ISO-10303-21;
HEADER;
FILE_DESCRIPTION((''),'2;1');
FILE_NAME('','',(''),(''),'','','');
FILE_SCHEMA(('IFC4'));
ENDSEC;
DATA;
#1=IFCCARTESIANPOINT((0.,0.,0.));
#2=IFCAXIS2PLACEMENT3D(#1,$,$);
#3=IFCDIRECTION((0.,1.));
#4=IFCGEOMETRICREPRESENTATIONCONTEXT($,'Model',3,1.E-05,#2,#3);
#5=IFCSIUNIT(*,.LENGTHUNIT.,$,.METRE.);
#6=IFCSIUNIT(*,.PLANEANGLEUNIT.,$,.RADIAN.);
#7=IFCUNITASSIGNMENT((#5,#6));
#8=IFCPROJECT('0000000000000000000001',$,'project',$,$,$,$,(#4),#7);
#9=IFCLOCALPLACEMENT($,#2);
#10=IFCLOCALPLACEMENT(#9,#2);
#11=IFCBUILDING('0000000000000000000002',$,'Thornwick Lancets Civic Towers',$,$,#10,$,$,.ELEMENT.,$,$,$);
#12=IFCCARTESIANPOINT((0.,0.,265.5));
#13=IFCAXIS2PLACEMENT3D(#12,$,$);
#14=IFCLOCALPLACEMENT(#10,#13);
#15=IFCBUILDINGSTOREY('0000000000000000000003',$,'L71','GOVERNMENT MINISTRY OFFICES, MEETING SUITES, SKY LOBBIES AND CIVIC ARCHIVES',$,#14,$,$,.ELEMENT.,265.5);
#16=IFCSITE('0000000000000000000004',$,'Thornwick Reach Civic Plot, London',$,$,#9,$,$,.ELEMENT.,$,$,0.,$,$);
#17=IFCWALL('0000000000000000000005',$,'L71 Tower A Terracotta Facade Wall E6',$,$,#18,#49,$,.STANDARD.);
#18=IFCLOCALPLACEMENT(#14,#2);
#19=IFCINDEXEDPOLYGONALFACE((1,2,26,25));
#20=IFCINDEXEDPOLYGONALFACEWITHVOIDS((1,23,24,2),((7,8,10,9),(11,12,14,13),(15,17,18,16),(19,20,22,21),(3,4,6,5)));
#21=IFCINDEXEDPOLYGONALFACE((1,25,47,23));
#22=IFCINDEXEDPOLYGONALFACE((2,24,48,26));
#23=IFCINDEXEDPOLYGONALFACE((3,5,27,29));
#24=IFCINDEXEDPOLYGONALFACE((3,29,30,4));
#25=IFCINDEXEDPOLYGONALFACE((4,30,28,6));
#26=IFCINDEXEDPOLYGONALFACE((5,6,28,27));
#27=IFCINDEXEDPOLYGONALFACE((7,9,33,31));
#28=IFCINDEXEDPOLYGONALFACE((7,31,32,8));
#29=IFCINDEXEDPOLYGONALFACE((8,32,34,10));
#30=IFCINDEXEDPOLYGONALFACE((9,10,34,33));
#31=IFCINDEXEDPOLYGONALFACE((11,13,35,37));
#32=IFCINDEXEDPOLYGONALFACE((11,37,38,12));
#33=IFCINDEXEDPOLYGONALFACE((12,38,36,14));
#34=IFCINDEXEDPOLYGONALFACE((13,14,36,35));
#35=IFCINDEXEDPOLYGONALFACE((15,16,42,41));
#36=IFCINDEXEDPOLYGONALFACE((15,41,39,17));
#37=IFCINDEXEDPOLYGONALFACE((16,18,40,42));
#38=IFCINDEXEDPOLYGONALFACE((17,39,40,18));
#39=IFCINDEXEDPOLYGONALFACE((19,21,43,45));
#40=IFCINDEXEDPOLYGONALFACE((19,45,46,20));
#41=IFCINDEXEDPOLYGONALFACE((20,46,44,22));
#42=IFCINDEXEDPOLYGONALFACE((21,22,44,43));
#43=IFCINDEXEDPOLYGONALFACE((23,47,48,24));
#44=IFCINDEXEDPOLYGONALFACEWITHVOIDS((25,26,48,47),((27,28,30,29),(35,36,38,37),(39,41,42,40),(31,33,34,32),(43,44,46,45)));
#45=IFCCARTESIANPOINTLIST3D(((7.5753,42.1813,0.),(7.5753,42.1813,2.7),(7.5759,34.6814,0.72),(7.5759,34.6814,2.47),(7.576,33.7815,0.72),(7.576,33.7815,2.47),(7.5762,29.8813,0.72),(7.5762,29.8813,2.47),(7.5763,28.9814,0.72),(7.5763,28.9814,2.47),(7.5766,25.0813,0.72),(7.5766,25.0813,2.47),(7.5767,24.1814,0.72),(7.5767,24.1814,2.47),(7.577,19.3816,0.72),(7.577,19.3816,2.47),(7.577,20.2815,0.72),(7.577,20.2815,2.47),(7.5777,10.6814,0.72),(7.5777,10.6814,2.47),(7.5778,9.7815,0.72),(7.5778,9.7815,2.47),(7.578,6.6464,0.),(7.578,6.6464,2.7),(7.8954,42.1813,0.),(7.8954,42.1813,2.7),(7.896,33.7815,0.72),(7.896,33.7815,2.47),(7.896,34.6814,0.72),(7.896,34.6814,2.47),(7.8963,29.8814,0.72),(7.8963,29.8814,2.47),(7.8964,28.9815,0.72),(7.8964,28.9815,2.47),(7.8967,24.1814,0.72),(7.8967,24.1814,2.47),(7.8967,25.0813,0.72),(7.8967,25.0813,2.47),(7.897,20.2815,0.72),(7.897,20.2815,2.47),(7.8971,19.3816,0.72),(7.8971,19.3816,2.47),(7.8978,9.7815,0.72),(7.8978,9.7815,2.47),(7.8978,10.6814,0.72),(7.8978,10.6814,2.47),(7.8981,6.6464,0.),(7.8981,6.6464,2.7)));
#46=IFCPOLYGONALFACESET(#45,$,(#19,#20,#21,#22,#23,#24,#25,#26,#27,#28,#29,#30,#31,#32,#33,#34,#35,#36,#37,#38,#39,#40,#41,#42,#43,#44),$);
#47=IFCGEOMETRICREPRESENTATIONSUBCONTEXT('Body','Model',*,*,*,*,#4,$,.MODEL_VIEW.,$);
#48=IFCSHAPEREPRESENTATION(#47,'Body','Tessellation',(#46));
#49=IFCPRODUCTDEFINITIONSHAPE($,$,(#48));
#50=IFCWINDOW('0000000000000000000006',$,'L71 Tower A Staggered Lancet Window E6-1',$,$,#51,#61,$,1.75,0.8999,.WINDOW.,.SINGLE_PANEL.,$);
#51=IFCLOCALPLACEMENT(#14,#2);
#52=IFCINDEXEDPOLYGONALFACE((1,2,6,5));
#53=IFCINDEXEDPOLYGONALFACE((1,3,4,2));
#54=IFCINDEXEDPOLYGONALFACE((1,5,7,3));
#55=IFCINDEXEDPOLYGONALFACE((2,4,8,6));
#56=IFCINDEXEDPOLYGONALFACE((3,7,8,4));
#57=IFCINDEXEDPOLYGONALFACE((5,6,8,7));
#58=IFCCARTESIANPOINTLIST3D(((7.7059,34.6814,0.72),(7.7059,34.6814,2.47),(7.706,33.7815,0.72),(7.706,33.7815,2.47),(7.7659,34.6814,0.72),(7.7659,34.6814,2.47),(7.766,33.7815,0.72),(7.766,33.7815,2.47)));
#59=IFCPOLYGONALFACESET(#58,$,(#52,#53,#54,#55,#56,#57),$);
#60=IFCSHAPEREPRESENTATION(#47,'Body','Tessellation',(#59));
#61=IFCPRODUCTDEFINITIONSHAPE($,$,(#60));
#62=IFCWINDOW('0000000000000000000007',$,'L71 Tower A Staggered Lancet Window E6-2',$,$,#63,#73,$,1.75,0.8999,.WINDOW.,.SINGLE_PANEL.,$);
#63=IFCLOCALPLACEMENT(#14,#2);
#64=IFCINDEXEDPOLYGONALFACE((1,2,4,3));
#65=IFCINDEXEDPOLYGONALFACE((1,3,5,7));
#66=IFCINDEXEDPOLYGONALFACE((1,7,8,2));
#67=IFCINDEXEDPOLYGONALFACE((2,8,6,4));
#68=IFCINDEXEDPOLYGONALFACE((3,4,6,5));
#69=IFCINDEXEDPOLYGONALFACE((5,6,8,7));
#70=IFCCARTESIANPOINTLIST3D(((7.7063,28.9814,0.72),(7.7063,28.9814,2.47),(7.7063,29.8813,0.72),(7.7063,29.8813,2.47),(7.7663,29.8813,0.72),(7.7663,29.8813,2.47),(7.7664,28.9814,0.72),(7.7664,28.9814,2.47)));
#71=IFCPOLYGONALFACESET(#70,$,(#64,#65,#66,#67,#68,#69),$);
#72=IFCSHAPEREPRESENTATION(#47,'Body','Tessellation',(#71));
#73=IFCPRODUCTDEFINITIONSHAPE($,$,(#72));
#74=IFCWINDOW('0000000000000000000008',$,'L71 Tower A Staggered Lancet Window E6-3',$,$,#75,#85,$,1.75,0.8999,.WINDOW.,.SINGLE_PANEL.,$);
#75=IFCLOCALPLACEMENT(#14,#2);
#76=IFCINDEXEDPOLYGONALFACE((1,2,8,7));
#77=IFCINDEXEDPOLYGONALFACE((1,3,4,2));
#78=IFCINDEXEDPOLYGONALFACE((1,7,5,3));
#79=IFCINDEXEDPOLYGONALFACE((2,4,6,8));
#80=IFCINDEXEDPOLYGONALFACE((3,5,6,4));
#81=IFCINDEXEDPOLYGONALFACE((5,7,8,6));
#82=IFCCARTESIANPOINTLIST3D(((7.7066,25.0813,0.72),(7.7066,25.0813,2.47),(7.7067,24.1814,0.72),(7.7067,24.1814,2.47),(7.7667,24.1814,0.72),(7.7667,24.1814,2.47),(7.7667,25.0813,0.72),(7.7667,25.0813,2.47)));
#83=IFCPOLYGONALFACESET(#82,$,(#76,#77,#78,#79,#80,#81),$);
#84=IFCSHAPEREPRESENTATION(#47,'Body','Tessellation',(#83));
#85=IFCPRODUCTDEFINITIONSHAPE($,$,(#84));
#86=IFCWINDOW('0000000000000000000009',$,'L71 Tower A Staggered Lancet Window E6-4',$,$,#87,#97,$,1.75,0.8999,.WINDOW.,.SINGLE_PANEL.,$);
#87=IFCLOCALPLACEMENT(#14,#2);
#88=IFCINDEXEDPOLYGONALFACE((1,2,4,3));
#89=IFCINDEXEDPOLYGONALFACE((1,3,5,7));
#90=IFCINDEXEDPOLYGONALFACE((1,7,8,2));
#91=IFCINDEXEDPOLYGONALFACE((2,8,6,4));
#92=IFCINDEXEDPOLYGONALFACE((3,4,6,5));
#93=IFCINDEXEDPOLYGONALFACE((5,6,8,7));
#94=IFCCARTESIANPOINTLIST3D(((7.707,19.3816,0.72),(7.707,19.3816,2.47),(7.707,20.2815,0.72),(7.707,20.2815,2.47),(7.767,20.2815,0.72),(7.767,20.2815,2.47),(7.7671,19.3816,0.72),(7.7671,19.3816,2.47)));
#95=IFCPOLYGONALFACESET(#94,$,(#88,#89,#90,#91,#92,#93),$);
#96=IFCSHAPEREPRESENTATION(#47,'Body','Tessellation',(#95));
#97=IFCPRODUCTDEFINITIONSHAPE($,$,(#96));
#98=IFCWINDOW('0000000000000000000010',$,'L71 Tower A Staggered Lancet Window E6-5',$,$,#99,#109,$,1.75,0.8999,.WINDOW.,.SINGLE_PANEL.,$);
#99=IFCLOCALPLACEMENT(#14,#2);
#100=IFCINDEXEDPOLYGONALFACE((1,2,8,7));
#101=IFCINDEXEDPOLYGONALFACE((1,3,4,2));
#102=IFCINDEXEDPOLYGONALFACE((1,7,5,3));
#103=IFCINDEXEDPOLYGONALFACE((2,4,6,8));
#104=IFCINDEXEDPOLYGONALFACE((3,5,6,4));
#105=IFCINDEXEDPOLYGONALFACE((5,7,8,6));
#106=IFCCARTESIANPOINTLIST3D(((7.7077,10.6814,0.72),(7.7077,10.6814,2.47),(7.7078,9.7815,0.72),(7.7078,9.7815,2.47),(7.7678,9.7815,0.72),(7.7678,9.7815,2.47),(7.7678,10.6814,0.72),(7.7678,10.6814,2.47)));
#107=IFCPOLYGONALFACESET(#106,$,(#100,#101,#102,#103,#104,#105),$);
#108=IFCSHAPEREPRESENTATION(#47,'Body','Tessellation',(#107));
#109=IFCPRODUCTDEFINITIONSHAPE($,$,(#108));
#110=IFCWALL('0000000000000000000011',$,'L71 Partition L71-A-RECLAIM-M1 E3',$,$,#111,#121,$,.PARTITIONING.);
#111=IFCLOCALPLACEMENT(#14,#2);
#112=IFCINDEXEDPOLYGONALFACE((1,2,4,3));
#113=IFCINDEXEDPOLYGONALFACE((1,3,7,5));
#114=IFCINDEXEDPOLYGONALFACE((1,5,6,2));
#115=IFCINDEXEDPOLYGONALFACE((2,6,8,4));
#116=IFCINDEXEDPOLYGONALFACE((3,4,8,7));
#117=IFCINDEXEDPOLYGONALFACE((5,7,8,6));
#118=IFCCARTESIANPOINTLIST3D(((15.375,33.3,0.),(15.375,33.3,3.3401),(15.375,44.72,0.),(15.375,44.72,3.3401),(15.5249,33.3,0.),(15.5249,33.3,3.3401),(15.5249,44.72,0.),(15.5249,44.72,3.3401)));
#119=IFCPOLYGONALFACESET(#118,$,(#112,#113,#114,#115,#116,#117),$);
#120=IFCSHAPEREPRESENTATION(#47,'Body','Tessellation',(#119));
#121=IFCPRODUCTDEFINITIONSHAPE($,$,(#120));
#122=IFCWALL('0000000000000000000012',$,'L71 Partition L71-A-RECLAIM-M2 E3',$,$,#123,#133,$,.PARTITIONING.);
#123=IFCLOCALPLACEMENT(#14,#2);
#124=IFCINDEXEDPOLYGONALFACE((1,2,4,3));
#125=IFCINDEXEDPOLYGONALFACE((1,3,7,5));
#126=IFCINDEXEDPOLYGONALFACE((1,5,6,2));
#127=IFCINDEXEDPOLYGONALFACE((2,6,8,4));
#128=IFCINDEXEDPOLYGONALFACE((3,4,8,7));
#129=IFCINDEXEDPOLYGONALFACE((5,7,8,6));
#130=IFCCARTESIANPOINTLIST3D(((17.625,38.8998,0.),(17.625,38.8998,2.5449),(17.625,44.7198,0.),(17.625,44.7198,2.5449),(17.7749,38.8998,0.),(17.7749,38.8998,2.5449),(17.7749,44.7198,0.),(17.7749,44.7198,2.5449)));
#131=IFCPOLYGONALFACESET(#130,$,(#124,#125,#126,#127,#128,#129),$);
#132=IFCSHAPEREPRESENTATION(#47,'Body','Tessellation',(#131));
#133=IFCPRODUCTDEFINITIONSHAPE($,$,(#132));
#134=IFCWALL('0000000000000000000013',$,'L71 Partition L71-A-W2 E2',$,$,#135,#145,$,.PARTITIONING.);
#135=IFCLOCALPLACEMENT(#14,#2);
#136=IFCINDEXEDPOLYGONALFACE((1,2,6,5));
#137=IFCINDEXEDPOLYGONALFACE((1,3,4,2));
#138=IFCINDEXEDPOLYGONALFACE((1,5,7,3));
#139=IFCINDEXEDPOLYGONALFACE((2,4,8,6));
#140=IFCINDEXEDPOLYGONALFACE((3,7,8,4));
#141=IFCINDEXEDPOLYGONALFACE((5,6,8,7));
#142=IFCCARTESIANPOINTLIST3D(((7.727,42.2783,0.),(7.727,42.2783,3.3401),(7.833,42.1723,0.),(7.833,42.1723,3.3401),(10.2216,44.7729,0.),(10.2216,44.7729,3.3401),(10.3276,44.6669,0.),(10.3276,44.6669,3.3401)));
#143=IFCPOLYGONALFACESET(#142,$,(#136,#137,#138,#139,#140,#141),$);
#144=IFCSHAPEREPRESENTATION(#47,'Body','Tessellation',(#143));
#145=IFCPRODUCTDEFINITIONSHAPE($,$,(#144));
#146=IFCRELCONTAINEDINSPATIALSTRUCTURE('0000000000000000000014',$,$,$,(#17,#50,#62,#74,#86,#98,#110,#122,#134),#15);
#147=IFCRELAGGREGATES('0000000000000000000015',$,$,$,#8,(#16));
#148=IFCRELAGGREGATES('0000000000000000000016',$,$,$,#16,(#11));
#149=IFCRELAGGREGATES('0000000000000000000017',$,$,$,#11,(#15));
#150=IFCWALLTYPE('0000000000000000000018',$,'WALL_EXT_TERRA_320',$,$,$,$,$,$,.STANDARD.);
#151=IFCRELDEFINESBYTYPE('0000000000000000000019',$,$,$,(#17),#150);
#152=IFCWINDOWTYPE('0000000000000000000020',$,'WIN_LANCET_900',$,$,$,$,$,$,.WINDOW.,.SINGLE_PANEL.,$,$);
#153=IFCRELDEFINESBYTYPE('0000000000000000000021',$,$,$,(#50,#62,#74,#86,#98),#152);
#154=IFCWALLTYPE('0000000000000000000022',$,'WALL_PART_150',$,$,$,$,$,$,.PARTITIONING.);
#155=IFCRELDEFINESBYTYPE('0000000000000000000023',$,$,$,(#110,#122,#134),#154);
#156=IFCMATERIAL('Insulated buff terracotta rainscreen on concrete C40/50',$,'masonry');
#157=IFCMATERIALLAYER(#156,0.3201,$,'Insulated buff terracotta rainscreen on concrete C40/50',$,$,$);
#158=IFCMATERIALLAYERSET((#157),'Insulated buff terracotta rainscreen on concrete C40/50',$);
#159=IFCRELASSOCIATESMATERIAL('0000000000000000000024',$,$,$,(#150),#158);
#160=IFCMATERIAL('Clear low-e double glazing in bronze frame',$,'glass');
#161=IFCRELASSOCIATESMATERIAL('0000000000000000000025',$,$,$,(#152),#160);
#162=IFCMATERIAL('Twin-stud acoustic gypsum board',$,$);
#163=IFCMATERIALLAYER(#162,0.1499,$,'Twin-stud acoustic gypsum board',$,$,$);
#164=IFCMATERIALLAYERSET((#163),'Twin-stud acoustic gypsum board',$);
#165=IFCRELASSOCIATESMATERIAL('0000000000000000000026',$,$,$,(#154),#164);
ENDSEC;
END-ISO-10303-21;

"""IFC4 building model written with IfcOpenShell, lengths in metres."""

from ifc_helpers import new_model, si_unit, direction, frame, frame_2d, origin, place, context, subcontext, project, spatial, rectangle, extrude, material, layer, layer_set, type_object, element, fill, save


model = new_model("IFC4")

# Units and contexts
model_context = context("Model", 3, precision=1e-05, world=origin(), true_north=direction((0.0, 1.0)))
body_context = subcontext(model_context, "Body", "Model", "MODEL_VIEW")
ifc_project = project(units=[si_unit("LENGTHUNIT", "METRE"), si_unit("PLANEANGLEUNIT", "RADIAN")], contexts=[model_context])

# Site, building, storey
site_placement = place(None, origin())
site = spatial("IfcSite", under=ifc_project, at=site_placement, Name="Thornwick Reach Civic Plot, London", CompositionType="ELEMENT", RefElevation=0.0)
building_placement = place(site_placement, origin())
building = spatial("IfcBuilding", under=site, at=building_placement, Name="Thornwick Lancets Civic Towers", CompositionType="ELEMENT")
storey_placement = place(building_placement, frame((0.0, 0.0, 265.5)))
storey = spatial("IfcBuildingStorey", under=building, at=storey_placement, Name="L71", Description="GOVERNMENT MINISTRY OFFICES, MEETING SUITES, SKY LOBBIES AND CIVIC ARCHIVES", CompositionType="ELEMENT", Elevation=265.5)

# Wall, openings, windows
ifc_material_1 = material(Name="Insulated buff terracotta rainscreen on concrete C40/50", Category="masonry")
ifc_layer_1 = layer(ifc_material_1, 0.3201, Name="Insulated buff terracotta rainscreen on concrete C40/50")
ifc_layer_set_1 = layer_set([ifc_layer_1], Name="Insulated buff terracotta rainscreen on concrete C40/50")
wall_type_1 = type_object("IfcWallType", Name="WALL_EXT_TERRA_320", PredefinedType="STANDARD", material=ifc_layer_set_1)
wall_1_placement = place(storey_placement, frame((7.7354, 42.1814, 0.0), z_axis=(0.0, 0.0, 1.0), x_axis=(0.000076, -1.0, 0.0)))
wall_1 = element("IfcWall", 1, at=wall_1_placement, inside=storey, type_object=wall_type_1, Name="L71 Tower A Terracotta Facade Wall E6", PredefinedType="STANDARD", context=body_context, shape_type="SweptSolid", body=[
    extrude(rectangle(XDim=35.5349, YDim=0.3201, at=frame_2d((17.7676, 0.0))), origin(), (0.0, 0.0, 1.0), 2.7),
])
opening_1_placement = place(wall_1_placement, frame((7.5, 0.0, 0.72)))
opening_1 = element("IfcOpeningElement", 2, at=opening_1_placement, cuts=wall_1, PredefinedType="OPENING", context=body_context, shape_type="SweptSolid", body=[
    extrude(rectangle(XDim=0.8999, YDim=1.75, at=frame_2d((0.45, 0.875))), frame((0.0, 0.1699, 0.0), z_axis=(0.0, -1.0, 0.0), x_axis=(1.0, 0.0, 0.0)), (0.0, 0.0, 1.0), 0.3401),
])
opening_2_placement = place(wall_1_placement, frame((12.3, 0.0, 0.72)))
opening_2 = element("IfcOpeningElement", 3, at=opening_2_placement, cuts=wall_1, PredefinedType="OPENING", context=body_context, shape_type="SweptSolid", body=[
    extrude(rectangle(XDim=0.8999, YDim=1.75, at=frame_2d((0.45, 0.875))), frame((0.0, 0.1699, 0.0), z_axis=(0.0, -1.0, 0.0), x_axis=(1.0, 0.0, 0.0)), (0.0, 0.0, 1.0), 0.3401),
])
opening_3_placement = place(wall_1_placement, frame((17.1001, 0.0, 0.72)))
opening_3 = element("IfcOpeningElement", 4, at=opening_3_placement, cuts=wall_1, PredefinedType="OPENING", context=body_context, shape_type="SweptSolid", body=[
    extrude(rectangle(XDim=0.8999, YDim=1.75, at=frame_2d((0.45, 0.875))), frame((0.0, 0.1699, 0.0), z_axis=(0.0, -1.0, 0.0), x_axis=(1.0, 0.0, 0.0)), (0.0, 0.0, 1.0), 0.3401),
])
opening_4_placement = place(wall_1_placement, frame((21.8999, 0.0, 0.72)))
opening_4 = element("IfcOpeningElement", 5, at=opening_4_placement, cuts=wall_1, PredefinedType="OPENING", context=body_context, shape_type="SweptSolid", body=[
    extrude(rectangle(XDim=0.8999, YDim=1.75, at=frame_2d((0.45, 0.875))), frame((0.0, 0.1699, 0.0), z_axis=(0.0, -1.0, 0.0), x_axis=(1.0, 0.0, 0.0)), (0.0, 0.0, 1.0), 0.3401),
])
opening_5_placement = place(wall_1_placement, frame((31.5, 0.0, 0.72)))
opening_5 = element("IfcOpeningElement", 6, at=opening_5_placement, cuts=wall_1, PredefinedType="OPENING", context=body_context, shape_type="SweptSolid", body=[
    extrude(rectangle(XDim=0.8999, YDim=1.75, at=frame_2d((0.45, 0.875))), frame((0.0, 0.1699, 0.0), z_axis=(0.0, -1.0, 0.0), x_axis=(1.0, 0.0, 0.0)), (0.0, 0.0, 1.0), 0.3401),
])
ifc_material_2 = material(Name="Clear low-e double glazing in bronze frame", Category="glass")
window_type = type_object("IfcWindowType", Name="WIN_LANCET_900", PartitioningType="SINGLE_PANEL", PredefinedType="WINDOW", material=ifc_material_2)
window_1_placement = place(opening_1_placement, origin())
window_1 = element("IfcWindow", 7, at=window_1_placement, inside=storey, type_object=window_type, Name="L71 Tower A Staggered Lancet Window E6-1", OverallHeight=1.75, OverallWidth=0.8999, PartitioningType="SINGLE_PANEL", PredefinedType="WINDOW", context=body_context, shape_type="SweptSolid", body=[
    extrude(rectangle(XDim=0.8999, YDim=1.75, at=frame_2d((0.45, 0.875))), frame((0.0, 0.03, 0.0), z_axis=(0.0, -1.0, 0.0), x_axis=(1.0, 0.0, 0.0)), (0.0, 0.0, 1.0), 0.0601),
])
fill(opening_1, window_1)
window_2_placement = place(opening_2_placement, origin())
window_2 = element("IfcWindow", 8, at=window_2_placement, inside=storey, type_object=window_type, Name="L71 Tower A Staggered Lancet Window E6-2", OverallHeight=1.75, OverallWidth=0.8999, PartitioningType="SINGLE_PANEL", PredefinedType="WINDOW", context=body_context, shape_type="SweptSolid", body=[
    extrude(rectangle(XDim=0.8999, YDim=1.75, at=frame_2d((0.45, 0.875))), frame((0.0, 0.03, 0.0), z_axis=(0.0, -1.0, 0.0), x_axis=(1.0, 0.0, 0.0)), (0.0, 0.0, 1.0), 0.0601),
])
fill(opening_2, window_2)
window_3_placement = place(opening_3_placement, origin())
window_3 = element("IfcWindow", 9, at=window_3_placement, inside=storey, type_object=window_type, Name="L71 Tower A Staggered Lancet Window E6-3", OverallHeight=1.75, OverallWidth=0.8999, PartitioningType="SINGLE_PANEL", PredefinedType="WINDOW", context=body_context, shape_type="SweptSolid", body=[
    extrude(rectangle(XDim=0.8999, YDim=1.75, at=frame_2d((0.45, 0.875))), frame((0.0, 0.03, 0.0), z_axis=(0.0, -1.0, 0.0), x_axis=(1.0, 0.0, 0.0)), (0.0, 0.0, 1.0), 0.0601),
])
fill(opening_3, window_3)
window_4_placement = place(opening_4_placement, origin())
window_4 = element("IfcWindow", 10, at=window_4_placement, inside=storey, type_object=window_type, Name="L71 Tower A Staggered Lancet Window E6-4", OverallHeight=1.75, OverallWidth=0.8999, PartitioningType="SINGLE_PANEL", PredefinedType="WINDOW", context=body_context, shape_type="SweptSolid", body=[
    extrude(rectangle(XDim=0.8999, YDim=1.75, at=frame_2d((0.45, 0.875))), frame((0.0, 0.03, 0.0), z_axis=(0.0, -1.0, 0.0), x_axis=(1.0, 0.0, 0.0)), (0.0, 0.0, 1.0), 0.0601),
])
fill(opening_4, window_4)
window_5_placement = place(opening_5_placement, origin())
window_5 = element("IfcWindow", 11, at=window_5_placement, inside=storey, type_object=window_type, Name="L71 Tower A Staggered Lancet Window E6-5", OverallHeight=1.75, OverallWidth=0.8999, PartitioningType="SINGLE_PANEL", PredefinedType="WINDOW", context=body_context, shape_type="SweptSolid", body=[
    extrude(rectangle(XDim=0.8999, YDim=1.75, at=frame_2d((0.45, 0.875))), frame((0.0, 0.03, 0.0), z_axis=(0.0, -1.0, 0.0), x_axis=(1.0, 0.0, 0.0)), (0.0, 0.0, 1.0), 0.0601),
])
fill(opening_5, window_5)

# Walls
ifc_material_3 = material(Name="Twin-stud acoustic gypsum board")
ifc_layer_2 = layer(ifc_material_3, 0.1499, Name="Twin-stud acoustic gypsum board")
ifc_layer_set_2 = layer_set([ifc_layer_2], Name="Twin-stud acoustic gypsum board")
wall_type_2 = type_object("IfcWallType", Name="WALL_PART_150", PredefinedType="PARTITIONING", material=ifc_layer_set_2)
wall_2_placement = place(storey_placement, frame((15.45, 44.72, 0.0), z_axis=(0.0, 0.0, 1.0), x_axis=(0.0, -1.0, 0.0)))
element("IfcWall", 12, at=wall_2_placement, inside=storey, type_object=wall_type_2, Name="L71 Partition L71-A-RECLAIM-M1 E3", PredefinedType="PARTITIONING", context=body_context, shape_type="SweptSolid", body=[
    extrude(rectangle(XDim=11.4199, YDim=0.1499, at=frame_2d((5.71, 0.0))), origin(), (0.0, 0.0, 1.0), 3.3401),
])
wall_3_placement = place(storey_placement, frame((17.7, 44.72, 0.0), z_axis=(0.0, 0.0, 1.0), x_axis=(0.0, -1.0, 0.0)))
element("IfcWall", 13, at=wall_3_placement, inside=storey, type_object=wall_type_2, Name="L71 Partition L71-A-RECLAIM-M2 E3", PredefinedType="PARTITIONING", context=body_context, shape_type="SweptSolid", body=[
    extrude(rectangle(XDim=5.8201, YDim=0.1499, at=frame_2d((2.9102, 0.0))), origin(), (0.0, 0.0, 1.0), 2.5449),
])
wall_4_placement = place(storey_placement, frame((7.78, 42.2253, 0.0), z_axis=(0.0, 0.0, 1.0), x_axis=(0.707107, 0.707107, 0.0)))
element("IfcWall", 14, at=wall_4_placement, inside=storey, type_object=wall_type_2, Name="L71 Partition L71-A-W2 E2", PredefinedType="PARTITIONING", context=body_context, shape_type="SweptSolid", body=[
    extrude(rectangle(XDim=3.5278, YDim=0.1499, at=frame_2d((1.7639, 0.0))), origin(), (0.0, 0.0, 1.0), 3.3401),
])

save(model, "model.ifc")
